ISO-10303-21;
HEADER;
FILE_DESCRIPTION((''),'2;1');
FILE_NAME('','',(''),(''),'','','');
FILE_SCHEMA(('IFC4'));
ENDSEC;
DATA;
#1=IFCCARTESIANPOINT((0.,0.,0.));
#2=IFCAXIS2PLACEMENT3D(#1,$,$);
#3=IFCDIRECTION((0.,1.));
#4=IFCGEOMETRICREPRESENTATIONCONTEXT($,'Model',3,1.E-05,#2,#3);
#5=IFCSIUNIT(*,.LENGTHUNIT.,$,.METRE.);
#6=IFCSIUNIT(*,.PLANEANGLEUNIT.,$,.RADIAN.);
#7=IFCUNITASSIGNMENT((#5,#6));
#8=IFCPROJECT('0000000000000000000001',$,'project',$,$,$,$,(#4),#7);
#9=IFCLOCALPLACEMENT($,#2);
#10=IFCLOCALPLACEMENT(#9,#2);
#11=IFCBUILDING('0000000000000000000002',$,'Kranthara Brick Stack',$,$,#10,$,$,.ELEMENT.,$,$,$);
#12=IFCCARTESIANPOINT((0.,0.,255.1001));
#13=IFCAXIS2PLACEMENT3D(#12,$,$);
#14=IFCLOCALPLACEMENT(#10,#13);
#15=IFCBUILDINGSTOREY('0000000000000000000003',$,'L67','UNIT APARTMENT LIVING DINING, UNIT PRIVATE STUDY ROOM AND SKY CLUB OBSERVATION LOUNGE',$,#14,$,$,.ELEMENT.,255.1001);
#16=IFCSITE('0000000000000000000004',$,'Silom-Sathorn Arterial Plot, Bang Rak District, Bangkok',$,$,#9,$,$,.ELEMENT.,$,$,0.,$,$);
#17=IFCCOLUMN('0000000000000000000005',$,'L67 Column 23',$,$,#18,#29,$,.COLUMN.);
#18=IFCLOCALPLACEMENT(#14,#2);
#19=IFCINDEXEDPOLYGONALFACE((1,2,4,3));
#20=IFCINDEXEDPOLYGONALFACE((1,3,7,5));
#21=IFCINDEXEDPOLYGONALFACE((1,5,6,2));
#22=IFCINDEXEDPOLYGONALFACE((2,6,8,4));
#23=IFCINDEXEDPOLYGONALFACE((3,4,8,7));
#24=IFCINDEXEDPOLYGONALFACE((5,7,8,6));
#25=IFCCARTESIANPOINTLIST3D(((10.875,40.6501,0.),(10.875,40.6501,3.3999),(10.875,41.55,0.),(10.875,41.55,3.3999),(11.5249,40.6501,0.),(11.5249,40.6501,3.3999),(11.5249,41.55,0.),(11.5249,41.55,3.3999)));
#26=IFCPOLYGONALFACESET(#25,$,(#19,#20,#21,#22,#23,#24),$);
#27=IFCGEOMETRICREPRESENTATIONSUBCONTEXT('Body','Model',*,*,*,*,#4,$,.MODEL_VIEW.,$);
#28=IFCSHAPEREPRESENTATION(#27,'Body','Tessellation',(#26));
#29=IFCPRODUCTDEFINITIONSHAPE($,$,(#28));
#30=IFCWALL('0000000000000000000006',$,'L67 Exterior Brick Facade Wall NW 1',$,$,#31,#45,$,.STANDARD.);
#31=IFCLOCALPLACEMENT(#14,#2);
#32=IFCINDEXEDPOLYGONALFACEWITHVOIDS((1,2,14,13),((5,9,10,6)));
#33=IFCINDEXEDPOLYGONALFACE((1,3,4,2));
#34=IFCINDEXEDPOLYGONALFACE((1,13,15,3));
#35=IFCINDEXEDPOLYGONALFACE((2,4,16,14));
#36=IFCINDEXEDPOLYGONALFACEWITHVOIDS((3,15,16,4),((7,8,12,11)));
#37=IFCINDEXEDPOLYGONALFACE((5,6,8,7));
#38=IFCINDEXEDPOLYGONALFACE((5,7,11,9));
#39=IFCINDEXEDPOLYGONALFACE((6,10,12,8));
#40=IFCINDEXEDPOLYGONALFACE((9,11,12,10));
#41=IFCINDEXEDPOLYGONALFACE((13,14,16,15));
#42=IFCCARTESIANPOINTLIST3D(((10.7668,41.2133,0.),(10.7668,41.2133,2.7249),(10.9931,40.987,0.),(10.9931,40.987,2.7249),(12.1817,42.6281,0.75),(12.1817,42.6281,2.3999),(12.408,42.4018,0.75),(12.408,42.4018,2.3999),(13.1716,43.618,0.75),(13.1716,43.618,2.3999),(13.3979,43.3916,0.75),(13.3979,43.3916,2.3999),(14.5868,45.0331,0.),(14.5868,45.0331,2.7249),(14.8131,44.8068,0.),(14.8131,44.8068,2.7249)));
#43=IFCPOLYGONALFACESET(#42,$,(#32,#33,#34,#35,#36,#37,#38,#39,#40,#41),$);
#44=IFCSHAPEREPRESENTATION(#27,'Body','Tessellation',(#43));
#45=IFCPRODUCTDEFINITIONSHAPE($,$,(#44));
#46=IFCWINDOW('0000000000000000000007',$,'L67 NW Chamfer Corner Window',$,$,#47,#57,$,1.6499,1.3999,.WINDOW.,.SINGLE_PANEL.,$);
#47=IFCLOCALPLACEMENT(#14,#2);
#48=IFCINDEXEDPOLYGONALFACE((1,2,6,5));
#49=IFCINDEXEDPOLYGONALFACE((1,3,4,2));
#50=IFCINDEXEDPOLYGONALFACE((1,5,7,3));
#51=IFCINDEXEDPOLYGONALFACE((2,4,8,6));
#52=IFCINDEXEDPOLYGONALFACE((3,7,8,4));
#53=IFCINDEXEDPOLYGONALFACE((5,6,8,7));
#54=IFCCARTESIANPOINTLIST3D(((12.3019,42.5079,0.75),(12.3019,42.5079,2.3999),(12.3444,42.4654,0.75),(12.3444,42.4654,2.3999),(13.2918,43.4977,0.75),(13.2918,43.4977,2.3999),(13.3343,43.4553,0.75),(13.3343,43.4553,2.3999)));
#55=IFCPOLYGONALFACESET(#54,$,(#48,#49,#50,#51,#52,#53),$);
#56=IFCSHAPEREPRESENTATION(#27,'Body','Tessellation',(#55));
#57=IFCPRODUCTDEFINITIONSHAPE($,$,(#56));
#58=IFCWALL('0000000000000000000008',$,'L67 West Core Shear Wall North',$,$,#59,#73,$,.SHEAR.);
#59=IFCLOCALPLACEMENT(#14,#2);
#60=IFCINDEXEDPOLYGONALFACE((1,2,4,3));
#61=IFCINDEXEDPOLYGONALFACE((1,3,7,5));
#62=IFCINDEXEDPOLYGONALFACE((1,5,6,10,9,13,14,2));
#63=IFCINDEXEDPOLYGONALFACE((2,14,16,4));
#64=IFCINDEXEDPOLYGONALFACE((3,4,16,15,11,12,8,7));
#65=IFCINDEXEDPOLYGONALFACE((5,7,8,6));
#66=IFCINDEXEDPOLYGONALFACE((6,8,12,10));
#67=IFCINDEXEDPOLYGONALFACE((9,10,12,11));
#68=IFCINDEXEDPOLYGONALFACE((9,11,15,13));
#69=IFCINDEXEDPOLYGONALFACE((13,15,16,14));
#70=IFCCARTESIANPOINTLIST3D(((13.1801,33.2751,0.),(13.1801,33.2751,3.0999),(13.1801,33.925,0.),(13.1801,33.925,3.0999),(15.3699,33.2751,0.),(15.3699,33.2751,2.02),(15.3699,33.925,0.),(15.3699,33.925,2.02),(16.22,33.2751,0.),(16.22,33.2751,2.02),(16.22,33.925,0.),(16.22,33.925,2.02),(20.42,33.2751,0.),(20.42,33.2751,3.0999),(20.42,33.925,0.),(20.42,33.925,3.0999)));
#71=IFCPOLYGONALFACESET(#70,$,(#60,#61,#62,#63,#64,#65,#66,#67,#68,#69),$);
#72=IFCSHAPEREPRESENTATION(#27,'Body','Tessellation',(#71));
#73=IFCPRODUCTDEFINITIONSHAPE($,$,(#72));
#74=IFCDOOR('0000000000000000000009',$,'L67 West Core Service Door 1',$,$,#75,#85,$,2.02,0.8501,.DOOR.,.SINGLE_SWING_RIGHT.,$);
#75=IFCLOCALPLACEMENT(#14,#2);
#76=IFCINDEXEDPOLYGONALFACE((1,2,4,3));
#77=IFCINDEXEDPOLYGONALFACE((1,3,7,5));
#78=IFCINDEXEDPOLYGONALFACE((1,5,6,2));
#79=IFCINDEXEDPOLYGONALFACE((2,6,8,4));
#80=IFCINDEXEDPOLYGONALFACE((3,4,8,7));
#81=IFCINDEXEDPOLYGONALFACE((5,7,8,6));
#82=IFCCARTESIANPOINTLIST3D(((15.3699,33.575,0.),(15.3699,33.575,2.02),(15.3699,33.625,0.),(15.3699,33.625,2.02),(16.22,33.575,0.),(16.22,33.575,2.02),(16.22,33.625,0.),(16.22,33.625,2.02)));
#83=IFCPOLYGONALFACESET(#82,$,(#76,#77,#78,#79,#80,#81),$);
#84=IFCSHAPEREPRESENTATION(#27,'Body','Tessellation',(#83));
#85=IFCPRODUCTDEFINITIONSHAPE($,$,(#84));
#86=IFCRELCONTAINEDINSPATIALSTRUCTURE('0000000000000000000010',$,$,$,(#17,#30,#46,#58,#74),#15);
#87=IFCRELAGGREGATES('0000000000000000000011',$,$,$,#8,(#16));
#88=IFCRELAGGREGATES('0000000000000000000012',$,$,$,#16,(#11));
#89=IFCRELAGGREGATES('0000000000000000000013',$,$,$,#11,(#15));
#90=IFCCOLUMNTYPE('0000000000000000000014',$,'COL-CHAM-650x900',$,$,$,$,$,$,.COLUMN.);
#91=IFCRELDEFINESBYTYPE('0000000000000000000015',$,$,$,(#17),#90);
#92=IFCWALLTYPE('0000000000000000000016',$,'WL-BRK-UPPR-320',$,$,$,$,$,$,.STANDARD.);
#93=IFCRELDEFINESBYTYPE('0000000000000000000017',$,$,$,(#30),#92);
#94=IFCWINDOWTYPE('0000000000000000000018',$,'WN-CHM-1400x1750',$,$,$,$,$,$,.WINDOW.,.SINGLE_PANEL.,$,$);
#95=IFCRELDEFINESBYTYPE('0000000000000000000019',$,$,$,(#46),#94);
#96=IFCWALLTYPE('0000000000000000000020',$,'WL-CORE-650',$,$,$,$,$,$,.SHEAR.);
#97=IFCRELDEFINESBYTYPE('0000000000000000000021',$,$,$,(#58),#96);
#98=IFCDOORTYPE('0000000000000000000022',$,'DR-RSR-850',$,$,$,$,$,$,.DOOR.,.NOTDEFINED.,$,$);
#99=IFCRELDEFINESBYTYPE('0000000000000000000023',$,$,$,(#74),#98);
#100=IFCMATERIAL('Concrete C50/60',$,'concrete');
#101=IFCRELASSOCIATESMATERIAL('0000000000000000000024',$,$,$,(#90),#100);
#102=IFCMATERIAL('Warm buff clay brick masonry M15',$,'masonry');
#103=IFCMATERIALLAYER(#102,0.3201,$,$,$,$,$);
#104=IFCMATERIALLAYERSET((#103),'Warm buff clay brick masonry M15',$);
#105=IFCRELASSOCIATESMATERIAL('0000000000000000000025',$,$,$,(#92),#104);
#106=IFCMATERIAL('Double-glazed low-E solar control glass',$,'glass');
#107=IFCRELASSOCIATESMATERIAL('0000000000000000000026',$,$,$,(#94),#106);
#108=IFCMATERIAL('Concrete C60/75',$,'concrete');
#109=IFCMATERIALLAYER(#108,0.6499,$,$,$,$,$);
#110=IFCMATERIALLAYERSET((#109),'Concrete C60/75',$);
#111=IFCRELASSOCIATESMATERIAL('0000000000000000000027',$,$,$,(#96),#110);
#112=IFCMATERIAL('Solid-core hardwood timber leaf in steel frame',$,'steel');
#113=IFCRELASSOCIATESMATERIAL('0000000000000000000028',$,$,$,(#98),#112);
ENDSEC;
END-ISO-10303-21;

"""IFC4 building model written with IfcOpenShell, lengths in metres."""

from ifc_helpers import new_model, si_unit, direction, frame, frame_2d, origin, origin_2d, place, context, subcontext, project, spatial, rectangle, extrude, material, layer, layer_set, material_profile, profile_set, type_object, element, fill, save


model = new_model("IFC4")

# Units and contexts
model_context = context("Model", 3, precision=1e-05, world=origin(), true_north=direction((0.0, 1.0)))
body_context = subcontext(model_context, "Body", "Model", "MODEL_VIEW")
ifc_project = project(units=[si_unit("LENGTHUNIT", "METRE"), si_unit("PLANEANGLEUNIT", "RADIAN")], contexts=[model_context])

# Site, building, storey
site_placement = place(None, origin())
site = spatial("IfcSite", under=ifc_project, at=site_placement, Name="Silom-Sathorn Arterial Plot, Bang Rak District, Bangkok", CompositionType="ELEMENT", RefElevation=0.0)
building_placement = place(site_placement, origin())
building = spatial("IfcBuilding", under=site, at=building_placement, Name="Kranthara Brick Stack", CompositionType="ELEMENT")
storey_placement = place(building_placement, frame((0.0, 0.0, 255.1001)))
storey = spatial("IfcBuildingStorey", under=building, at=storey_placement, Name="L67", Description="UNIT APARTMENT LIVING DINING, UNIT PRIVATE STUDY ROOM AND SKY CLUB OBSERVATION LOUNGE", CompositionType="ELEMENT", Elevation=255.1001)

# Column
ifc_material_1 = material(Name="Concrete C50/60", Category="concrete")
ifc_material_profile = material_profile(ifc_material_1, rectangle(XDim=0.6499, YDim=0.8999, at=origin_2d()), Name="RC 650x900")
ifc_profile_set = profile_set([ifc_material_profile], Name="Concrete C50/60")
column_type = type_object("IfcColumnType", Name="COL-CHAM-650x900", PredefinedType="COLUMN", material=ifc_profile_set)
column_placement = place(storey_placement, frame((11.2, 41.1001, 0.0), z_axis=(0.0, 0.0, 1.0), x_axis=(1.0, 0.0, 0.0)))
element("IfcColumn", 1, at=column_placement, inside=storey, type_object=column_type, Name="L67 Column 23", PredefinedType="COLUMN", context=body_context, shape_type="SweptSolid", body=[
    extrude(rectangle(XDim=0.6499, YDim=0.8999, at=origin_2d()), origin(), (0.0, 0.0, 1.0), 3.3999),
])

# Wall, opening, window
ifc_material_2 = material(Name="Warm buff clay brick masonry M15", Category="masonry")
ifc_layer_1 = layer(ifc_material_2, 0.3201)
ifc_layer_set_1 = layer_set([ifc_layer_1], Name="Warm buff clay brick masonry M15")
wall_type_1 = type_object("IfcWallType", Name="WL-BRK-UPPR-320", PredefinedType="STANDARD", material=ifc_layer_set_1)
wall_1_placement = place(storey_placement, frame((10.8799, 41.1001, 0.0), z_axis=(0.0, 0.0, 1.0), x_axis=(0.707129, 0.707084, 0.0)))
wall_1 = element("IfcWall", 2, at=wall_1_placement, inside=storey, type_object=wall_type_1, Name="L67 Exterior Brick Facade Wall NW 1", PredefinedType="STANDARD", context=body_context, shape_type="SweptSolid", body=[
    extrude(rectangle(XDim=5.4021, YDim=0.3201, at=frame_2d((2.7012, 0.0))), origin(), (0.0, 0.0, 1.0), 2.7249),
])
opening_1_placement = place(wall_1_placement, frame((2.001, 0.0, 0.75)))
opening_1 = element("IfcOpeningElement", 3, at=opening_1_placement, cuts=wall_1, PredefinedType="OPENING", context=body_context, shape_type="SweptSolid", body=[
    extrude(rectangle(XDim=1.3999, YDim=1.6499, at=frame_2d((0.7, 0.825))), frame((0.0, 0.1699, 0.0), z_axis=(0.0, -1.0, 0.0), x_axis=(1.0, 0.0, 0.0)), (0.0, 0.0, 1.0), 0.3401),
])
ifc_material_3 = material(Name="Double-glazed low-E solar control glass", Category="glass")
window_type = type_object("IfcWindowType", Name="WN-CHM-1400x1750", PartitioningType="SINGLE_PANEL", PredefinedType="WINDOW", material=ifc_material_3)
window_placement = place(opening_1_placement, origin())
window = element("IfcWindow", 4, at=window_placement, inside=storey, type_object=window_type, Name="L67 NW Chamfer Corner Window", OverallHeight=1.6499, OverallWidth=1.3999, PartitioningType="SINGLE_PANEL", PredefinedType="WINDOW", context=body_context, shape_type="SweptSolid", body=[
    extrude(rectangle(XDim=1.3999, YDim=1.6499, at=frame_2d((0.7, 0.825))), frame((0.0, -0.01, 0.0), z_axis=(0.0, -1.0, 0.0), x_axis=(1.0, 0.0, 0.0)), (0.0, 0.0, 1.0), 0.0601),
])
fill(opening_1, window)

# Wall, opening, door
ifc_material_4 = material(Name="Concrete C60/75", Category="concrete")
ifc_layer_2 = layer(ifc_material_4, 0.6499)
ifc_layer_set_2 = layer_set([ifc_layer_2], Name="Concrete C60/75")
wall_type_2 = type_object("IfcWallType", Name="WL-CORE-650", PredefinedType="SHEAR", material=ifc_layer_set_2)
wall_2_placement = place(storey_placement, frame((13.1799, 33.6001, 0.0), z_axis=(0.0, 0.0, 1.0), x_axis=(1.0, 0.0, 0.0)))
wall_2 = element("IfcWall", 5, at=wall_2_placement, inside=storey, type_object=wall_type_2, Name="L67 West Core Shear Wall North", PredefinedType="SHEAR", context=body_context, shape_type="SweptSolid", body=[
    extrude(rectangle(XDim=7.24, YDim=0.6499, at=frame_2d((3.6201, 0.0))), origin(), (0.0, 0.0, 1.0), 3.0999),
])
opening_2_placement = place(wall_2_placement, frame((2.1899, 0.0, 0.0)))
opening_2 = element("IfcOpeningElement", 6, at=opening_2_placement, cuts=wall_2, PredefinedType="OPENING", context=body_context, shape_type="SweptSolid", body=[
    extrude(rectangle(XDim=0.8501, YDim=2.02, at=frame_2d((0.425, 1.01))), frame((0.0, 0.335, 0.0), z_axis=(0.0, -1.0, 0.0), x_axis=(1.0, 0.0, 0.0)), (0.0, 0.0, 1.0), 0.6699),
])
ifc_material_5 = material(Name="Solid-core hardwood timber leaf in steel frame", Category="steel")
door_type_1 = type_object("IfcDoorType", Name="DR-RSR-850", OperationType="NOTDEFINED", PredefinedType="DOOR", material=ifc_material_5)
door_1_placement = place(opening_2_placement, origin())
door_1 = element("IfcDoor", 7, at=door_1_placement, inside=storey, type_object=door_type_1, Name="L67 West Core Service Door 1", OperationType="SINGLE_SWING_RIGHT", OverallHeight=2.02, OverallWidth=0.8501, PredefinedType="DOOR", context=body_context, shape_type="SweptSolid", body=[
    extrude(rectangle(XDim=0.8501, YDim=2.02, at=frame_2d((0.425, 1.01))), frame((0.0, 0.0249, 0.0), z_axis=(0.0, -1.0, 0.0), x_axis=(1.0, 0.0, 0.0)), (0.0, 0.0, 1.0), 0.05),
])
fill(opening_2, door_1)

save(model, "model.ifc")
